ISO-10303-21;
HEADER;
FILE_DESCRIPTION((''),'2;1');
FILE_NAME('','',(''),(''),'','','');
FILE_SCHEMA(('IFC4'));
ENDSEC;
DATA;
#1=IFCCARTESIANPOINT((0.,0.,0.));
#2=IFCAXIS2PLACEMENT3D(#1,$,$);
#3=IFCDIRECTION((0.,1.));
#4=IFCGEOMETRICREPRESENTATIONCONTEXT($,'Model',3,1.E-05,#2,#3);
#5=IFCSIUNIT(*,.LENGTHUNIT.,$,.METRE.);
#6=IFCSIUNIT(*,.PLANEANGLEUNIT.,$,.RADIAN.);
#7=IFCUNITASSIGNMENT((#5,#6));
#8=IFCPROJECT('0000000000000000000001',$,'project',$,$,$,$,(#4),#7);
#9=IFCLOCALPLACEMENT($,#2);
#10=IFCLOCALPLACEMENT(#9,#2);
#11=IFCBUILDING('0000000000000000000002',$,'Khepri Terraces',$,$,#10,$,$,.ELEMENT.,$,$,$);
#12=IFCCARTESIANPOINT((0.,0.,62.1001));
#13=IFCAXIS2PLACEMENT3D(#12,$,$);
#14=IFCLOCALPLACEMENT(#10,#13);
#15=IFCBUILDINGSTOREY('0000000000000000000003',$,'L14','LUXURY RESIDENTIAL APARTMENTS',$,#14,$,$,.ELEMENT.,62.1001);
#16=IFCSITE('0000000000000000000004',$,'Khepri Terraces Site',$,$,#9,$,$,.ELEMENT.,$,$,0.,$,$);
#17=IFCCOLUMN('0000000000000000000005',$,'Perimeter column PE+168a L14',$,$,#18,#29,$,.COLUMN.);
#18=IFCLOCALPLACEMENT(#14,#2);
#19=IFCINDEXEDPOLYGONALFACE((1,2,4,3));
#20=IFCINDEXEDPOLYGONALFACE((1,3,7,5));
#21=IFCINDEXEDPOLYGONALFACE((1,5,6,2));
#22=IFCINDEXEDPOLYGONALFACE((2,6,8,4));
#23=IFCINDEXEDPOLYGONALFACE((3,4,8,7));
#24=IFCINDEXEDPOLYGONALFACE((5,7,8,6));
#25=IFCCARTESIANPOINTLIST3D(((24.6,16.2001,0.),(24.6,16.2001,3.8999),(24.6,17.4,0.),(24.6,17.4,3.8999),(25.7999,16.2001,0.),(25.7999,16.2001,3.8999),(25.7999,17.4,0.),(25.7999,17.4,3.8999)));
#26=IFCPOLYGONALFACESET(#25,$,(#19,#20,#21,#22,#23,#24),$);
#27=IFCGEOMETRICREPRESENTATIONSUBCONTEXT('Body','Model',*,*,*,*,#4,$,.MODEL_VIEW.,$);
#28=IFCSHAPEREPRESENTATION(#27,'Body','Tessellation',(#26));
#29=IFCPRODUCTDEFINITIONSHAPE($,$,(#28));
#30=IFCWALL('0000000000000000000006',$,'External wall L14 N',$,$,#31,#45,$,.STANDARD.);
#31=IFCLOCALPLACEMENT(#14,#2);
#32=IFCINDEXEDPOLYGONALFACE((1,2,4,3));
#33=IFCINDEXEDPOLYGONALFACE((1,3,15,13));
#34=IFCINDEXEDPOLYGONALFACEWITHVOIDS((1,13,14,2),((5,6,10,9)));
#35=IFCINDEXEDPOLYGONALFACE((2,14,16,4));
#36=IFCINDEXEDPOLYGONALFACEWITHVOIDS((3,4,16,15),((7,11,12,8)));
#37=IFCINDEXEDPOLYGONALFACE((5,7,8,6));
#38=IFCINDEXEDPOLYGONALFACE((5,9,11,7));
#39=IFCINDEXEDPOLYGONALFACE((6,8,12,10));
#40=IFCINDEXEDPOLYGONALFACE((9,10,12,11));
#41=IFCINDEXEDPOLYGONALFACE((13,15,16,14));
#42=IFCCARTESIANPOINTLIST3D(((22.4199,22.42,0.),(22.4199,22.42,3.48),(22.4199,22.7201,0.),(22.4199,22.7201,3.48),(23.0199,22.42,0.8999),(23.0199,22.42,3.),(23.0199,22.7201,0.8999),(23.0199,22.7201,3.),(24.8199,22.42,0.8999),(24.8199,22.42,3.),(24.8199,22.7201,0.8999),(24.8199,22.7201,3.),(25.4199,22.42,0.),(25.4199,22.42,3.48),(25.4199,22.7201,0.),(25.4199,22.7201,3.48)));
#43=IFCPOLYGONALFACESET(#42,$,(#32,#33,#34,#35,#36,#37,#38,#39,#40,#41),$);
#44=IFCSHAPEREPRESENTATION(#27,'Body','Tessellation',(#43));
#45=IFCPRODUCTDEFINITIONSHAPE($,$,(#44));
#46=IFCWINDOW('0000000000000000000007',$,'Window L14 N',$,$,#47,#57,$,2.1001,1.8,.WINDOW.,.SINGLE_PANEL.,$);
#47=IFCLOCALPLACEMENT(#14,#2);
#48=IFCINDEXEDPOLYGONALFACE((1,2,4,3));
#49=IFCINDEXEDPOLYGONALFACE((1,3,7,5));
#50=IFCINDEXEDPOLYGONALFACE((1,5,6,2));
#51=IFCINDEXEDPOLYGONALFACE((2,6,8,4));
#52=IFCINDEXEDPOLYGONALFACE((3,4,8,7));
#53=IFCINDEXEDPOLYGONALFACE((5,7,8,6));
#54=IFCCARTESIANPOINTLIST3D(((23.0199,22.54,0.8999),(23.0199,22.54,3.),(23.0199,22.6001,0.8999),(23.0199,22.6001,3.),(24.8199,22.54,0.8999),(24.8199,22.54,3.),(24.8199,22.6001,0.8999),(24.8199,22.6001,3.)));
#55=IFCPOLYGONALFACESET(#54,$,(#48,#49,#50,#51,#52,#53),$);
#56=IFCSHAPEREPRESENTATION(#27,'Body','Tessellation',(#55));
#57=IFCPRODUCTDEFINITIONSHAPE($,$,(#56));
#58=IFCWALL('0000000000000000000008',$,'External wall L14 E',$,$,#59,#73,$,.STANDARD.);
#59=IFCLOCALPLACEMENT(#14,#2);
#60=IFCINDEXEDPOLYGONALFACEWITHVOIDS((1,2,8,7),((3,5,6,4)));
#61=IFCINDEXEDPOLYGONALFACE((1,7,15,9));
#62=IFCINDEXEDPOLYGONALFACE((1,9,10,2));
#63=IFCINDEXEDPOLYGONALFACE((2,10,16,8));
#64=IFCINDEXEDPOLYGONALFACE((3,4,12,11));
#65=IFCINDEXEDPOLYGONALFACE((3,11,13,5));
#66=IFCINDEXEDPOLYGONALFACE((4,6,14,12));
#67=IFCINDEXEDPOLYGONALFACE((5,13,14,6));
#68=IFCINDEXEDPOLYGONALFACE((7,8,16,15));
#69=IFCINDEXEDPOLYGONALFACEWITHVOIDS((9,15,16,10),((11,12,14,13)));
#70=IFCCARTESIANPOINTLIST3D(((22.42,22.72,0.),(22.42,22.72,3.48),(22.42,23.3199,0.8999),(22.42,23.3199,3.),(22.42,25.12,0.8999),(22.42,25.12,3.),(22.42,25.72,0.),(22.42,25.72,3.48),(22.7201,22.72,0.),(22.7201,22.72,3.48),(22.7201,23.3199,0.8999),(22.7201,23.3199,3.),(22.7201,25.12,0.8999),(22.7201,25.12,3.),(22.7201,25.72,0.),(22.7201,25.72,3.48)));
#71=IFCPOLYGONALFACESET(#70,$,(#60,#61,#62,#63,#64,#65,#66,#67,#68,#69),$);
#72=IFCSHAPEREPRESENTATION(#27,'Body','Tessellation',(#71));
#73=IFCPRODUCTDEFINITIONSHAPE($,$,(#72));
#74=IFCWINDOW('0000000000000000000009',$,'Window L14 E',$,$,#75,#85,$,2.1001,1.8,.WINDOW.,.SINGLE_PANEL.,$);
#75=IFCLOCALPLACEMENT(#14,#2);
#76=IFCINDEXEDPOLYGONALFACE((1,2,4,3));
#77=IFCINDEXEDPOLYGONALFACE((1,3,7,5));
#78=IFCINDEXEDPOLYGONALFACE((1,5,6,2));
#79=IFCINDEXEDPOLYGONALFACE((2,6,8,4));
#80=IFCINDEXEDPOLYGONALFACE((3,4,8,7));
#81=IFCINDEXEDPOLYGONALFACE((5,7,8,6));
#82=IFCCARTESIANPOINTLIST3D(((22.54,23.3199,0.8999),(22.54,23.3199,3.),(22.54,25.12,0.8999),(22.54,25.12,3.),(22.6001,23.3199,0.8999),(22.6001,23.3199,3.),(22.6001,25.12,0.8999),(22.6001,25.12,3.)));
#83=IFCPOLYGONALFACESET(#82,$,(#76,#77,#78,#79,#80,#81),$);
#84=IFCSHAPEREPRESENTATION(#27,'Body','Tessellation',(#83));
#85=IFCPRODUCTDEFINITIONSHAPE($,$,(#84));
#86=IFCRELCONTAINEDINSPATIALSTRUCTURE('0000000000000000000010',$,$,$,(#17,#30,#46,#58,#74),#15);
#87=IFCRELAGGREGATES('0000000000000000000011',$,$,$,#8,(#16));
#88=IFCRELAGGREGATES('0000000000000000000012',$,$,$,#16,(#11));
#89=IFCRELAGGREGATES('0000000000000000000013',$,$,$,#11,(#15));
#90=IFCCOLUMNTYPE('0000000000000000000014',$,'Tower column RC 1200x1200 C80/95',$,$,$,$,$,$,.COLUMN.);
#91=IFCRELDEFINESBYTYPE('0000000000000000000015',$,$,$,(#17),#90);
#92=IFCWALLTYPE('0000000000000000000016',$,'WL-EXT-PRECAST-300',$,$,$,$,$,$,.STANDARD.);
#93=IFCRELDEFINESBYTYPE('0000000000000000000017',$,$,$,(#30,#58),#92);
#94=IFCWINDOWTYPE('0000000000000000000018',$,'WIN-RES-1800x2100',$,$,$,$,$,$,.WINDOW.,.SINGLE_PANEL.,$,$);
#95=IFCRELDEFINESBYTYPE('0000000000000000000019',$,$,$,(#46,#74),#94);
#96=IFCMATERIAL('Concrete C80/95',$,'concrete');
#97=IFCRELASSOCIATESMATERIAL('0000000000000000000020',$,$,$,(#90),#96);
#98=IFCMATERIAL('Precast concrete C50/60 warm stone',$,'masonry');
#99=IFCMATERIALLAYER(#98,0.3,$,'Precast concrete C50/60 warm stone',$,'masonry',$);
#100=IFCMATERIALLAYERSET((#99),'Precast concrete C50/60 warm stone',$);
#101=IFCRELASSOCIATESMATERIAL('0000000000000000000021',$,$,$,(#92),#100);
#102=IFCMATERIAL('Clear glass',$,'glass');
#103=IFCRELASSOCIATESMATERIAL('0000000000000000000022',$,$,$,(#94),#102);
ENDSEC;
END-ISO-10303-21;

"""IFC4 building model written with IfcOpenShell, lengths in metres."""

from ifc_helpers import new_model, si_unit, direction, frame, frame_2d, origin, origin_2d, place, context, subcontext, project, spatial, rectangle, extrude, material, layer, layer_set, material_profile, profile_set, type_object, element, fill, save


model = new_model("IFC4")

# Units and contexts
model_context = context("Model", 3, precision=1e-05, world=origin(), true_north=direction((0.0, 1.0)))
body_context = subcontext(model_context, "Body", "Model", "MODEL_VIEW")
ifc_project = project(units=[si_unit("LENGTHUNIT", "METRE"), si_unit("PLANEANGLEUNIT", "RADIAN")], contexts=[model_context])

# Site, building, storey
site_placement = place(None, origin())
site = spatial("IfcSite", under=ifc_project, at=site_placement, Name="Khepri Terraces Site", CompositionType="ELEMENT", RefElevation=0.0)
building_placement = place(site_placement, origin())
building = spatial("IfcBuilding", under=site, at=building_placement, Name="Khepri Terraces", CompositionType="ELEMENT")
storey_placement = place(building_placement, frame((0.0, 0.0, 62.1001)))
storey = spatial("IfcBuildingStorey", under=building, at=storey_placement, Name="L14", Description="LUXURY RESIDENTIAL APARTMENTS", CompositionType="ELEMENT", Elevation=62.1001)

# Column
ifc_material_1 = material(Name="Concrete C80/95", Category="concrete")
ifc_material_profile = material_profile(ifc_material_1, rectangle(XDim=1.2, YDim=1.2, at=origin_2d()), Name="Concrete C80/95", Category="concrete")
ifc_profile_set = profile_set([ifc_material_profile], Name="Concrete C80/95")
column_type = type_object("IfcColumnType", Name="Tower column RC 1200x1200 C80/95", PredefinedType="COLUMN", material=ifc_profile_set)
column_placement = place(storey_placement, frame((25.2, 16.8, 0.0), z_axis=(0.0, 0.0, 1.0), x_axis=(1.0, 0.0, 0.0)))
element("IfcColumn", 1, at=column_placement, inside=storey, type_object=column_type, Name="Perimeter column PE+168a L14", PredefinedType="COLUMN", context=body_context, shape_type="SweptSolid", body=[
    extrude(rectangle(XDim=1.2, YDim=1.2, at=origin_2d()), origin(), (0.0, 0.0, 1.0), 3.8999),
])

# Shared definitions
ifc_material_2 = material(Name="Precast concrete C50/60 warm stone", Category="masonry")
ifc_layer = layer(ifc_material_2, 0.3, Name="Precast concrete C50/60 warm stone", Category="masonry")
ifc_layer_set = layer_set([ifc_layer], Name="Precast concrete C50/60 warm stone")
wall_type = type_object("IfcWallType", Name="WL-EXT-PRECAST-300", PredefinedType="STANDARD", material=ifc_layer_set)
ifc_material_3 = material(Name="Clear glass", Category="glass")
window_type = type_object("IfcWindowType", Name="WIN-RES-1800x2100", PartitioningType="SINGLE_PANEL", PredefinedType="WINDOW", material=ifc_material_3)

# Walls, openings, windows
wall_1_placement = place(storey_placement, frame((25.4199, 22.5701, 0.0), z_axis=(0.0, 0.0, 1.0), x_axis=(-1.0, 0.0, 0.0)))
wall_1 = element("IfcWall", 2, at=wall_1_placement, inside=storey, type_object=wall_type, Name="External wall L14 N", PredefinedType="STANDARD", context=body_context, shape_type="SweptSolid", body=[
    extrude(rectangle(XDim=3.0, YDim=0.3, at=frame_2d((1.5, 0.0))), origin(), (0.0, 0.0, 1.0), 3.48),
])
opening_1_placement = place(wall_1_placement, frame((0.6001, 0.0, 0.8999)))
opening_1 = element("IfcOpeningElement", 3, at=opening_1_placement, cuts=wall_1, PredefinedType="OPENING", context=body_context, shape_type="SweptSolid", body=[
    extrude(rectangle(XDim=1.8, YDim=2.1001, at=frame_2d((0.8999, 1.05))), frame((0.0, 0.1602, 0.0), z_axis=(0.0, -1.0, 0.0), x_axis=(1.0, 0.0, 0.0)), (0.0, 0.0, 1.0), 0.3201),
])
window_1_placement = place(opening_1_placement, origin())
window_1 = element("IfcWindow", 4, at=window_1_placement, inside=storey, type_object=window_type, Name="Window L14 N", OverallHeight=2.1001, OverallWidth=1.8, PartitioningType="SINGLE_PANEL", PredefinedType="WINDOW", context=body_context, shape_type="SweptSolid", body=[
    extrude(rectangle(XDim=1.8, YDim=2.1001, at=frame_2d((0.8999, 1.05))), frame((0.0, 0.03, 0.0), z_axis=(0.0, -1.0, 0.0), x_axis=(1.0, 0.0, 0.0)), (0.0, 0.0, 1.0), 0.0601),
])
fill(opening_1, window_1)
wall_2_placement = place(storey_placement, frame((22.5701, 22.72, 0.0), z_axis=(0.0, 0.0, 1.0), x_axis=(0.0, 1.0, 0.0)))
wall_2 = element("IfcWall", 5, at=wall_2_placement, inside=storey, type_object=wall_type, Name="External wall L14 E", PredefinedType="STANDARD", context=body_context, shape_type="SweptSolid", body=[
    extrude(rectangle(XDim=3.0, YDim=0.3, at=frame_2d((1.5, 0.0))), origin(), (0.0, 0.0, 1.0), 3.48),
])
opening_2_placement = place(wall_2_placement, frame((0.6001, 0.0, 0.8999)))
opening_2 = element("IfcOpeningElement", 6, at=opening_2_placement, cuts=wall_2, PredefinedType="OPENING", context=body_context, shape_type="SweptSolid", body=[
    extrude(rectangle(XDim=1.8, YDim=2.1001, at=frame_2d((0.8999, 1.05))), frame((0.0, 0.1602, 0.0), z_axis=(0.0, -1.0, 0.0), x_axis=(1.0, 0.0, 0.0)), (0.0, 0.0, 1.0), 0.3201),
])
window_2_placement = place(opening_2_placement, origin())
window_2 = element("IfcWindow", 7, at=window_2_placement, inside=storey, type_object=window_type, Name="Window L14 E", OverallHeight=2.1001, OverallWidth=1.8, PartitioningType="SINGLE_PANEL", PredefinedType="WINDOW", context=body_context, shape_type="SweptSolid", body=[
    extrude(rectangle(XDim=1.8, YDim=2.1001, at=frame_2d((0.8999, 1.05))), frame((0.0, 0.03, 0.0), z_axis=(0.0, -1.0, 0.0), x_axis=(1.0, 0.0, 0.0)), (0.0, 0.0, 1.0), 0.0601),
])
fill(opening_2, window_2)

save(model, "model.ifc")
